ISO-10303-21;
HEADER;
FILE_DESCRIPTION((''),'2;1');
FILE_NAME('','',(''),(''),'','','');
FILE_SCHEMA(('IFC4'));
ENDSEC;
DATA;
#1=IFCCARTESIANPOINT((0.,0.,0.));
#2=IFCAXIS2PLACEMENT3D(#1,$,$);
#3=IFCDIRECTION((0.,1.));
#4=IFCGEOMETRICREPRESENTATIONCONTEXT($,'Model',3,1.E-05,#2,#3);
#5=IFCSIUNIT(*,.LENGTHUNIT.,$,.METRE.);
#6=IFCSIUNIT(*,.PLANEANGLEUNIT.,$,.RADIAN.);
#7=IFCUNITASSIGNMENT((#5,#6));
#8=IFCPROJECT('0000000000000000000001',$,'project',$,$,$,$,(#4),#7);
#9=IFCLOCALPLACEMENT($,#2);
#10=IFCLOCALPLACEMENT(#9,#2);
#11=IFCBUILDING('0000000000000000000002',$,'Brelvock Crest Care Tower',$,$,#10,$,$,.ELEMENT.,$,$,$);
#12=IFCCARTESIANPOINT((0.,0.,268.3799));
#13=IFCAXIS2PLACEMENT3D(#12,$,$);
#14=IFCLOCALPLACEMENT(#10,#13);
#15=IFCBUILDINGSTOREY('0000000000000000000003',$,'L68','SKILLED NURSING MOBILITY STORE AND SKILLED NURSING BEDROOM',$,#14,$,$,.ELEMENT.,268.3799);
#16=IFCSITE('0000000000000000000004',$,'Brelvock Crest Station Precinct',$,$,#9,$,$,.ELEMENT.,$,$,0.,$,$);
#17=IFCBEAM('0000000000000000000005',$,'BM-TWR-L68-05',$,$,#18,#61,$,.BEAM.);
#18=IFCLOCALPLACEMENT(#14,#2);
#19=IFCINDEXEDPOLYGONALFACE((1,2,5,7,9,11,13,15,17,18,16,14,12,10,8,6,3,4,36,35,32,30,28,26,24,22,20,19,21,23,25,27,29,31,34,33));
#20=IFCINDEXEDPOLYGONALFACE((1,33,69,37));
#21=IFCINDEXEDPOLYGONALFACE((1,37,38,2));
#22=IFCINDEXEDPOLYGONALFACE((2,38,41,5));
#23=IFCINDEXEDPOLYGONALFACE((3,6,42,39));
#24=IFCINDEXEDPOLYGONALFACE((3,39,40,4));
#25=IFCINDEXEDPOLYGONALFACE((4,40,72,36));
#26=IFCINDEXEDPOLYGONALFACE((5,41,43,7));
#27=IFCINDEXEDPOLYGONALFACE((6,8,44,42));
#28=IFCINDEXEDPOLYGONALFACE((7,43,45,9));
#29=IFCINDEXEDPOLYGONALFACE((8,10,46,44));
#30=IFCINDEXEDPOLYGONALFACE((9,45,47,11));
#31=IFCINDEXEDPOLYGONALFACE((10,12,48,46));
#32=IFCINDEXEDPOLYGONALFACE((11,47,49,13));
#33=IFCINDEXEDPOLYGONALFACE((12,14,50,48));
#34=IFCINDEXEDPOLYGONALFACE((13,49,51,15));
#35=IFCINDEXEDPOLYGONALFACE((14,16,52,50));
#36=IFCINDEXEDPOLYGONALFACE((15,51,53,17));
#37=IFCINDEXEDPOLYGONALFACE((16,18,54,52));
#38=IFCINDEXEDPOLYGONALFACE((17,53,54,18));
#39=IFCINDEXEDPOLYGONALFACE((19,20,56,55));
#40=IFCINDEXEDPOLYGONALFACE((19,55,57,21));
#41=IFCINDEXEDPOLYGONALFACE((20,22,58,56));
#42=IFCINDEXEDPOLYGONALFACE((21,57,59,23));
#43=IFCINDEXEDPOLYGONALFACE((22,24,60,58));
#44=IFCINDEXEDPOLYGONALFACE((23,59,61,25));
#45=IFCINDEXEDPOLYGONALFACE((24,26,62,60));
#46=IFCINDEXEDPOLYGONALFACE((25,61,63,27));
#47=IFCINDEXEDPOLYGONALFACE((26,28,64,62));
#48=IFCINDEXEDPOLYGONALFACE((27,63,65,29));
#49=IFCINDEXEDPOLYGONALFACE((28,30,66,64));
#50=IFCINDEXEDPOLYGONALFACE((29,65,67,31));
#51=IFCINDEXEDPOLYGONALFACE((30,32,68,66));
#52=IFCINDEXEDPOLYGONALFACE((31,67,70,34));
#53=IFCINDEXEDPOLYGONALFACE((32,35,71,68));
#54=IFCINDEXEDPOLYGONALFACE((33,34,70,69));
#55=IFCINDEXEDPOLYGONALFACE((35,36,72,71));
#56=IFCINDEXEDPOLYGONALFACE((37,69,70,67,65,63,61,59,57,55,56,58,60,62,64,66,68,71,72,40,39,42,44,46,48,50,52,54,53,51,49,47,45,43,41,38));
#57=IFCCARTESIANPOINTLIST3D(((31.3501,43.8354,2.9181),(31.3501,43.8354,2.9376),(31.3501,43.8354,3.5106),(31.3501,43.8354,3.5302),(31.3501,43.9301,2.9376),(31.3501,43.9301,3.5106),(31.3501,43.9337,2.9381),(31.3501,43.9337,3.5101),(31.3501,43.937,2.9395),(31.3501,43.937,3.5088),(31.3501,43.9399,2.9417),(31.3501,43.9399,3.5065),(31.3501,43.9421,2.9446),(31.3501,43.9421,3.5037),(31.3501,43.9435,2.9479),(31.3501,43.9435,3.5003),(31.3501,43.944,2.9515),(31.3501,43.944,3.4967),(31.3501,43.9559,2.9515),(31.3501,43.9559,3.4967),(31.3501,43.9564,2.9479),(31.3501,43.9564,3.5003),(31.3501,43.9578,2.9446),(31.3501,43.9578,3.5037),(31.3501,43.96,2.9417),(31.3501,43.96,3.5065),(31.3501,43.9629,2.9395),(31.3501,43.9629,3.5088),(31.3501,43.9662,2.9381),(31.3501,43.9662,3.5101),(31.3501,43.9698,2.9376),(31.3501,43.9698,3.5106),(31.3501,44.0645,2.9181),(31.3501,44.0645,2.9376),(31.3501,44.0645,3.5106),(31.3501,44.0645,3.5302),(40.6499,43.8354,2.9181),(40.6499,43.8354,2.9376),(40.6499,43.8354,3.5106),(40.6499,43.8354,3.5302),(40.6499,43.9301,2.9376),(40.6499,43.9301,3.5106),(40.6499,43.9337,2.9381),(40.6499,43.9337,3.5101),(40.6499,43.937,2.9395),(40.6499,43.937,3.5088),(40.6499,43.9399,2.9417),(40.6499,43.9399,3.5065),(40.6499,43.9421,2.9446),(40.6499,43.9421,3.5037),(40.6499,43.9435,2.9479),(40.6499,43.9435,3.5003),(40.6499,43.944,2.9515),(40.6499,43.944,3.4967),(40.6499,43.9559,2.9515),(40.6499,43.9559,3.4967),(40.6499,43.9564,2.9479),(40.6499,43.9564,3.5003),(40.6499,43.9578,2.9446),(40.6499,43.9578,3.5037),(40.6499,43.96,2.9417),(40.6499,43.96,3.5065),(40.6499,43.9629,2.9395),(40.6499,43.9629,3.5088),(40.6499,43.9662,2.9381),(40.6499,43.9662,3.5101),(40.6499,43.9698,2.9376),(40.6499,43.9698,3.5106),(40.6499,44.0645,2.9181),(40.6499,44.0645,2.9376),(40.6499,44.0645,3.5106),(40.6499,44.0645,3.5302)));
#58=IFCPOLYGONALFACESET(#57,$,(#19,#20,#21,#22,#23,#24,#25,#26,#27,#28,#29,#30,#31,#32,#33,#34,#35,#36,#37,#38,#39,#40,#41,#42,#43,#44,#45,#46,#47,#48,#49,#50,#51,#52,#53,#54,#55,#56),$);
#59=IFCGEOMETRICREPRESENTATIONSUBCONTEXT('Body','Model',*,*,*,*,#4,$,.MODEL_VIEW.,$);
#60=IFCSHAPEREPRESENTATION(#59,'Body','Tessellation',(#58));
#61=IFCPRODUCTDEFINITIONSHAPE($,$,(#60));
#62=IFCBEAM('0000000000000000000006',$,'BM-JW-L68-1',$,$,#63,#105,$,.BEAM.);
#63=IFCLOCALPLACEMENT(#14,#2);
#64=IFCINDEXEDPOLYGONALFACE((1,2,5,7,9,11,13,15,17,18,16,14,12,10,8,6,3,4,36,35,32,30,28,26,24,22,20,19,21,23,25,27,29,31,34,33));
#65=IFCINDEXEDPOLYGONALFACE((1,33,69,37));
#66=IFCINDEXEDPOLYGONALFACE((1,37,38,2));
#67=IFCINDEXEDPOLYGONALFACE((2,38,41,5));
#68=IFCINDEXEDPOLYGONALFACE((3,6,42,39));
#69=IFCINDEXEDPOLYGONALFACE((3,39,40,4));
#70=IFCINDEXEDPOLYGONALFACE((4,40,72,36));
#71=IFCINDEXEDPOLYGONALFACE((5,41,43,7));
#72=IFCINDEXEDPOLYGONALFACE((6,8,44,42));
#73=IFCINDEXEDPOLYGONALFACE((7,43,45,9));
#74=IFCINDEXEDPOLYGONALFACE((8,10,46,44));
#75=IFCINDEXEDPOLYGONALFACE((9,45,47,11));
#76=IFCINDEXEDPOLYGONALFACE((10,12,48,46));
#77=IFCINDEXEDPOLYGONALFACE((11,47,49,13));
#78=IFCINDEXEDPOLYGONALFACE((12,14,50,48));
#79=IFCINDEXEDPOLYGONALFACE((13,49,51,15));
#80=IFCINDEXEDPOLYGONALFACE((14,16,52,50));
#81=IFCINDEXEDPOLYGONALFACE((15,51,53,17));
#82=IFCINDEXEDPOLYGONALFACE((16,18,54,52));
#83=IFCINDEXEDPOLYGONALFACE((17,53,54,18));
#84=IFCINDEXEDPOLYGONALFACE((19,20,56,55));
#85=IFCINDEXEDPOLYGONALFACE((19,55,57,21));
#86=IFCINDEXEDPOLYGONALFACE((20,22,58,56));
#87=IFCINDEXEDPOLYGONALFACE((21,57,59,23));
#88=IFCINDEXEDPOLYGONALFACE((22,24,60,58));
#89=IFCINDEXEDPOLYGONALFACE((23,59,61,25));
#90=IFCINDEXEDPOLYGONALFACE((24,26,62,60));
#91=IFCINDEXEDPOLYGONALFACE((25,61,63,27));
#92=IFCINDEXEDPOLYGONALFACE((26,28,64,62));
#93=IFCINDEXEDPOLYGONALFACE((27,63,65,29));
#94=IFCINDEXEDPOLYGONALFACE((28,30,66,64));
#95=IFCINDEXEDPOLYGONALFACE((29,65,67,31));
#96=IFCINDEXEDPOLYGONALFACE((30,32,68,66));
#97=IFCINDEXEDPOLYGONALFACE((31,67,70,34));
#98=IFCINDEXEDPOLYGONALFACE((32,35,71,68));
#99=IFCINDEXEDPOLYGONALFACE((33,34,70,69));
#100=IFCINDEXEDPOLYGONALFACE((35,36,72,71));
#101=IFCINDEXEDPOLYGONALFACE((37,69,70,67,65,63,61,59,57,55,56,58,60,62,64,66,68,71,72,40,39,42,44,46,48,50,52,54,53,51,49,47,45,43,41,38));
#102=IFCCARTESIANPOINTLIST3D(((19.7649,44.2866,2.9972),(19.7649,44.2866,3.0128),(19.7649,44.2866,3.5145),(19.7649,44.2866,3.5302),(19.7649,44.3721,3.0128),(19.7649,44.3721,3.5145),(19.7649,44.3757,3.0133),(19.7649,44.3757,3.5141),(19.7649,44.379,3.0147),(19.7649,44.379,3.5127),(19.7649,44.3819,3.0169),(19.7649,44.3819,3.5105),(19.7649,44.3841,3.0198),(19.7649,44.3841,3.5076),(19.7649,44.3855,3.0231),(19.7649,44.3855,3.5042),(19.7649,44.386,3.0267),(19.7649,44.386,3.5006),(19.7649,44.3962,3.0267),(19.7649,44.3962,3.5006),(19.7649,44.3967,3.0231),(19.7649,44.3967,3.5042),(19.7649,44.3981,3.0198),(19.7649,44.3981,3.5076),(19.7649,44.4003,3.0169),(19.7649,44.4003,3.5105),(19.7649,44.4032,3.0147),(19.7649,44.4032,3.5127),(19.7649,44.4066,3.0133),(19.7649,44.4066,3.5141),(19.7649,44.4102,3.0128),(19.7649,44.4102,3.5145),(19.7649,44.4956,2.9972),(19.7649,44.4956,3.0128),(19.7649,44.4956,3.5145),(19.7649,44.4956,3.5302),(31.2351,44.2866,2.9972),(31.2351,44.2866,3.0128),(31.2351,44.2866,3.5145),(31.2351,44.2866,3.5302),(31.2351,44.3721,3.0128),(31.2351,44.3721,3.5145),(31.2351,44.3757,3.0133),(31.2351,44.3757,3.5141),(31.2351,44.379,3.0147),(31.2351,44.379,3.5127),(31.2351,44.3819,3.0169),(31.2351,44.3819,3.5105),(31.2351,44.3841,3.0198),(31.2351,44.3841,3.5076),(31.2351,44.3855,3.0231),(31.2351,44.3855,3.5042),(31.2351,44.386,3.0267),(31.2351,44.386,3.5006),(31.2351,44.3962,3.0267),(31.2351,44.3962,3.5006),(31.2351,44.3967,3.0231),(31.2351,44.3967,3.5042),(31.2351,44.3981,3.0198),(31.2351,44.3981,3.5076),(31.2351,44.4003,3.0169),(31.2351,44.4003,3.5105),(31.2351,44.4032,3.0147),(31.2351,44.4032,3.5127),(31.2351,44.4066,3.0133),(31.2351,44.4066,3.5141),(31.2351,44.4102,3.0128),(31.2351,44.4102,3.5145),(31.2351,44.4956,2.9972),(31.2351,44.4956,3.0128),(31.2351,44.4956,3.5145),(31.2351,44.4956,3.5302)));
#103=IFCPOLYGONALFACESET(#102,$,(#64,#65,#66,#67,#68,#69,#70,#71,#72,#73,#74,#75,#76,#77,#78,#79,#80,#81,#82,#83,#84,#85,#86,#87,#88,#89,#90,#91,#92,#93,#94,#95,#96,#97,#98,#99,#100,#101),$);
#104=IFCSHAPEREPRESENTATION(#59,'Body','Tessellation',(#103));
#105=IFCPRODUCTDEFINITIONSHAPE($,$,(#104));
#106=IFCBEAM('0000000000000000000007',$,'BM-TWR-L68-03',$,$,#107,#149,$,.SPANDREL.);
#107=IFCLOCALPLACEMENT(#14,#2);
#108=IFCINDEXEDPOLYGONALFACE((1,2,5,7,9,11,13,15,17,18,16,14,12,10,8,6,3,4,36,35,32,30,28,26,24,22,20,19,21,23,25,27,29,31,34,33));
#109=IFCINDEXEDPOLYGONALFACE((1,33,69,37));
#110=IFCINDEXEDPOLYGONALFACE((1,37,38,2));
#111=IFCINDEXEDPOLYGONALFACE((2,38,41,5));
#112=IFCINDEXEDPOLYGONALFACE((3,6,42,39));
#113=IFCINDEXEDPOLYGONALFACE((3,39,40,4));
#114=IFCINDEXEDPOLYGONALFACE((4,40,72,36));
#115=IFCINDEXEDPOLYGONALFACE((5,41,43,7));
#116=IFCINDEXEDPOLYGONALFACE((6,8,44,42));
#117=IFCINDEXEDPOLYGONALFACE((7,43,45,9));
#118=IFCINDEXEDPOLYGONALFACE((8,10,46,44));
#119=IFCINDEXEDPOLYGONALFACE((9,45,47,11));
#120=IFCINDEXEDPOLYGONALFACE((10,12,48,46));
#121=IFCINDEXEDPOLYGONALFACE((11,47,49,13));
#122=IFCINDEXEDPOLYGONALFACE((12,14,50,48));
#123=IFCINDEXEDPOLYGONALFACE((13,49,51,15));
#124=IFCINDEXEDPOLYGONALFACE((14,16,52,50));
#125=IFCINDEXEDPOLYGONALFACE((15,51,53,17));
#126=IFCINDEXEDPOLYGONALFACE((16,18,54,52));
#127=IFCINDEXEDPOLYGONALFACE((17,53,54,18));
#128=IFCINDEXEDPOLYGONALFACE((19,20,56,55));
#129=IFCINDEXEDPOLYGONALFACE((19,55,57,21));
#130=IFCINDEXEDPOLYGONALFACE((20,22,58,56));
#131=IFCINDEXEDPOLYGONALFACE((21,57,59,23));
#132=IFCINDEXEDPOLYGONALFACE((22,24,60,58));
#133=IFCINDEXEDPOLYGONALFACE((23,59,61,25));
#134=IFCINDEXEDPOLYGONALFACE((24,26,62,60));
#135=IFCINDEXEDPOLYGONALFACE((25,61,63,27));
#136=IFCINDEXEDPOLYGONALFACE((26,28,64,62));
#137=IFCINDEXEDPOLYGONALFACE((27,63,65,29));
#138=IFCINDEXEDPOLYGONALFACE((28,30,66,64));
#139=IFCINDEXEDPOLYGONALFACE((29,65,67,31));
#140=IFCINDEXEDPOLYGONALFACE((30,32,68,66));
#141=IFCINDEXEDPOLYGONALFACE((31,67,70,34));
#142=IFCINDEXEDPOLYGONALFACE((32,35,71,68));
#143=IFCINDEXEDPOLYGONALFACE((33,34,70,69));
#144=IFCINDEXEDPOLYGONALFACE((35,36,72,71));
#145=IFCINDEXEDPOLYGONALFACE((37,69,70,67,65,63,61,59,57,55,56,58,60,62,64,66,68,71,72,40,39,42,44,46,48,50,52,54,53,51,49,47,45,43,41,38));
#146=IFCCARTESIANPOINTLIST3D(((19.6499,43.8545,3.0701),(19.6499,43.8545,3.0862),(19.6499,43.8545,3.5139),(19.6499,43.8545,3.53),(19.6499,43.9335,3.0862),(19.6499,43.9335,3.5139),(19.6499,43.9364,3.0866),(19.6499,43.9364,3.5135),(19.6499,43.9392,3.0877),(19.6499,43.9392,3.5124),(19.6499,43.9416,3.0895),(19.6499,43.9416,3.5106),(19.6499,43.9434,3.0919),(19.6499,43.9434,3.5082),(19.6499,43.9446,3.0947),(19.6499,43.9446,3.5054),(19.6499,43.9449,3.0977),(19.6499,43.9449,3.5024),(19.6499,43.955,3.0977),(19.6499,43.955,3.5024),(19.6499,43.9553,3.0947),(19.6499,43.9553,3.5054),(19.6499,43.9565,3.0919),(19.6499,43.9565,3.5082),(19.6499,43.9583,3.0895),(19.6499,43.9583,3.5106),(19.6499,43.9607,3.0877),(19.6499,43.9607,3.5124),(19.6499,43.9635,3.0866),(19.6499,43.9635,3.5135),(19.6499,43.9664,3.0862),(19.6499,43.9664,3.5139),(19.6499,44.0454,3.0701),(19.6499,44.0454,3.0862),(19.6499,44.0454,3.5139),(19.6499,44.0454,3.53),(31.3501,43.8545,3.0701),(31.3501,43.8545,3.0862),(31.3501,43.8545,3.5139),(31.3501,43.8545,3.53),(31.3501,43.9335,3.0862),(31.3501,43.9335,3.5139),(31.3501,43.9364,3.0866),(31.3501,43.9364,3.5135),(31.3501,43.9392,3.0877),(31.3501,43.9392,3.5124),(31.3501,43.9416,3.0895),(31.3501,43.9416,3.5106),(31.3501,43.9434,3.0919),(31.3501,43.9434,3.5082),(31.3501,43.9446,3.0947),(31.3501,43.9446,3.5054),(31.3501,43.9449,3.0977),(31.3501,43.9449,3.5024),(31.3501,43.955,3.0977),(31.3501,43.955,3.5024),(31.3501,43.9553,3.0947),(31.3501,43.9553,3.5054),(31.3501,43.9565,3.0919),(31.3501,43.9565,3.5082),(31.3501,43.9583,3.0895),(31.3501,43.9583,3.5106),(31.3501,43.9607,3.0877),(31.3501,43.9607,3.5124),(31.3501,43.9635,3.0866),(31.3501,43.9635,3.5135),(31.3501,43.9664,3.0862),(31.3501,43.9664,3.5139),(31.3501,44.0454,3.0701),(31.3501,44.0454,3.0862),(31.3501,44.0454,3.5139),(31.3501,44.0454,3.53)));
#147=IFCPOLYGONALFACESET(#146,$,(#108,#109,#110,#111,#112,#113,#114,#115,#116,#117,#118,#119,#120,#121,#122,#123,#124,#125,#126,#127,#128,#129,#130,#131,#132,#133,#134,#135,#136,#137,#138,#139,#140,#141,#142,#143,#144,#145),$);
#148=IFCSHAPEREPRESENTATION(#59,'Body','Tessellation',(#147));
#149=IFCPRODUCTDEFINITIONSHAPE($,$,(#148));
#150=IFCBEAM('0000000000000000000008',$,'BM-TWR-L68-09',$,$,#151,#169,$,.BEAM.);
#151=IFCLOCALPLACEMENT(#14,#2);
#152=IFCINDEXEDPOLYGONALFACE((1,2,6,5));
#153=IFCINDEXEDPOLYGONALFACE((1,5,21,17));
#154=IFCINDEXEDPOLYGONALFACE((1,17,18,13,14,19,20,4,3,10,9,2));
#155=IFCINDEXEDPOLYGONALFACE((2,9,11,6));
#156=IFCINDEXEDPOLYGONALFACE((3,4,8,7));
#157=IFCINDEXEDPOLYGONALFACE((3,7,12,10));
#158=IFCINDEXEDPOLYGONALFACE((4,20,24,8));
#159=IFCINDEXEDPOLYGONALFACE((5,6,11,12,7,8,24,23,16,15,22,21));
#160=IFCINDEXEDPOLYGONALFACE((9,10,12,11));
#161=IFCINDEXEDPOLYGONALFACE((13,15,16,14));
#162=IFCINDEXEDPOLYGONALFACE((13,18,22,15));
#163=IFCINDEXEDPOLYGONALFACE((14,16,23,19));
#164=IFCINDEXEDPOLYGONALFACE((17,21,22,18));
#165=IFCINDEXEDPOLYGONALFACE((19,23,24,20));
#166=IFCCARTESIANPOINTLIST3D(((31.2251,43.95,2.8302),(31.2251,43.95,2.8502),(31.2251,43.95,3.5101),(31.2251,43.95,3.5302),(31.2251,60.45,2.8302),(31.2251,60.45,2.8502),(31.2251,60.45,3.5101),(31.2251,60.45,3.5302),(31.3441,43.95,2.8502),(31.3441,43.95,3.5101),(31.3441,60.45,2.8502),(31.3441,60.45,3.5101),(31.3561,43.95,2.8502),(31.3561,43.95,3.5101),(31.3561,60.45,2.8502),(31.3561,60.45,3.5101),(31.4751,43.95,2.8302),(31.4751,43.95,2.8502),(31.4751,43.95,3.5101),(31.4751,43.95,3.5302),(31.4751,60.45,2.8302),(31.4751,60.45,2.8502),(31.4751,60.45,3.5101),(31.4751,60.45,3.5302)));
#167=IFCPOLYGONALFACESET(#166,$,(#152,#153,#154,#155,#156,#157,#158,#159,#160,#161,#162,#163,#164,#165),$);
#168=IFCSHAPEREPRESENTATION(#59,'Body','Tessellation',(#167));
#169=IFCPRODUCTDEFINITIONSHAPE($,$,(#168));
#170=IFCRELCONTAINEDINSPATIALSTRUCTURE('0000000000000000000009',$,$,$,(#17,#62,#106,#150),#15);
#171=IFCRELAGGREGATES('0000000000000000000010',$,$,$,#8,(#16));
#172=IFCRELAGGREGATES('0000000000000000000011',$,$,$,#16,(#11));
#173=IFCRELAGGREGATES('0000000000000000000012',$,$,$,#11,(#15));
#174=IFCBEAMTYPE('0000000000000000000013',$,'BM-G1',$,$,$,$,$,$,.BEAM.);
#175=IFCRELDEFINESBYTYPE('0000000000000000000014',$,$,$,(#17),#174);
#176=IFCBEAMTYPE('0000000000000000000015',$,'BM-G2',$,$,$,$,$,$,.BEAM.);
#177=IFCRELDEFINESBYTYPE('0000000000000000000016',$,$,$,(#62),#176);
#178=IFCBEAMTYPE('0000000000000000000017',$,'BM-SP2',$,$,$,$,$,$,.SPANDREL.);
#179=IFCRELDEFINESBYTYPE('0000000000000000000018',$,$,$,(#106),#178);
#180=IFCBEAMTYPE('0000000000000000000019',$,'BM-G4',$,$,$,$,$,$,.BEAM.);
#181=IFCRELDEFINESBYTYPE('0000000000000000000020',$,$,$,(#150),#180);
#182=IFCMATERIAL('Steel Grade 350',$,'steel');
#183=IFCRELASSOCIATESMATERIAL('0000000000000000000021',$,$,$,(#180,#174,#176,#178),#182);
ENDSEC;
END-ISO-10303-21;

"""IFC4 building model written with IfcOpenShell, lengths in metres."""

from ifc_helpers import new_model, si_unit, direction, frame, origin, origin_2d, place, context, subcontext, project, spatial, i_section, extrude, source, transform, mapped, material, material_profile, profile_set, type_object, element, save


model = new_model("IFC4")

# Units and contexts
model_context = context("Model", 3, precision=1e-05, world=origin(), true_north=direction((0.0, 1.0)))
body_context = subcontext(model_context, "Body", "Model", "MODEL_VIEW")
ifc_project = project(units=[si_unit("LENGTHUNIT", "METRE"), si_unit("PLANEANGLEUNIT", "RADIAN")], contexts=[model_context])

# Site, building, storey
site_placement = place(None, origin())
site = spatial("IfcSite", under=ifc_project, at=site_placement, Name="Brelvock Crest Station Precinct", CompositionType="ELEMENT", RefElevation=0.0)
building_placement = place(site_placement, origin())
building = spatial("IfcBuilding", under=site, at=building_placement, Name="Brelvock Crest Care Tower", CompositionType="ELEMENT")
storey_placement = place(building_placement, frame((0.0, 0.0, 268.3799)))
storey = spatial("IfcBuildingStorey", under=building, at=storey_placement, Name="L68", Description="SKILLED NURSING MOBILITY STORE AND SKILLED NURSING BEDROOM", CompositionType="ELEMENT", Elevation=268.3799)

# Shared definitions
ifc_material_1 = material(Name="Steel Grade 350", Category="steel")

# Beams
ifc_material_profile_1 = material_profile(ifc_material_1, i_section(OverallWidth=0.25, OverallDepth=0.7, WebThickness=0.012, FlangeThickness=0.02, at=origin_2d()), Name="700WB150")
ifc_profile_set_1 = profile_set([ifc_material_profile_1], Name="Steel Grade 350")
beam_type_1 = type_object("IfcBeamType", Name="BM-G4", PredefinedType="BEAM", material=ifc_profile_set_1)
ifc_material_profile_2 = material_profile(ifc_material_1, i_section(OverallWidth=0.229, OverallDepth=0.6121, WebThickness=0.012, FlangeThickness=0.0195, FilletRadius=0.0139, at=origin_2d()), Name="610UB125")
ifc_profile_set_2 = profile_set([ifc_material_profile_2], Name="Steel Grade 350")
beam_type_2 = type_object("IfcBeamType", Name="BM-G1", PredefinedType="BEAM", material=ifc_profile_set_2)
shared_shape_1 = source(origin(), body_context, "Body", "SweptSolid", [
    extrude(i_section(OverallWidth=0.229, OverallDepth=0.6121, WebThickness=0.012, FlangeThickness=0.0195, FilletRadius=0.0139, at=origin_2d()), origin(), (0.0, 0.0, 1.0), 9.2998),
])
beam_1_placement = place(storey_placement, frame((31.3501, 43.95, 3.2241), z_axis=(1.0, 0.0, 0.0), x_axis=(0.0, 1.0, 0.0)))
element("IfcBeam", 1, at=beam_1_placement, inside=storey, type_object=beam_type_2, Name="BM-TWR-L68-05", PredefinedType="BEAM", context=body_context, shape_type="MappedRepresentation", body=[
    mapped(shared_shape_1, transform((0.0, 0.0, 0.0), x_axis=(1.0, 0.0, 0.0), y_axis=(0.0, 1.0, 0.0), z_axis=(0.0, 0.0, 1.0), scale=1.0)),
])
ifc_material_profile_3 = material_profile(ifc_material_1, i_section(OverallWidth=0.209, OverallDepth=0.533, WebThickness=0.0103, FlangeThickness=0.0156, FilletRadius=0.0139, at=origin_2d()), Name="530UB92.4")
ifc_profile_set_3 = profile_set([ifc_material_profile_3], Name="Steel Grade 350")
beam_type_3 = type_object("IfcBeamType", Name="BM-G2", PredefinedType="BEAM", material=ifc_profile_set_3)
shared_shape_2 = source(origin(), body_context, "Body", "SweptSolid", [
    extrude(i_section(OverallWidth=0.209, OverallDepth=0.533, WebThickness=0.0103, FlangeThickness=0.0156, FilletRadius=0.0139, at=origin_2d()), origin(), (0.0, 0.0, 1.0), 11.4702),
])
beam_2_placement = place(storey_placement, frame((19.7649, 44.3911, 3.2637), z_axis=(1.0, 0.0, 0.0), x_axis=(0.0, 1.0, 0.0)))
element("IfcBeam", 2, at=beam_2_placement, inside=storey, type_object=beam_type_3, Name="BM-JW-L68-1", PredefinedType="BEAM", context=body_context, shape_type="MappedRepresentation", body=[
    mapped(shared_shape_2, transform((0.0, 0.0, 0.0), x_axis=(1.0, 0.0, 0.0), y_axis=(0.0, 1.0, 0.0), z_axis=(0.0, 0.0, 1.0), scale=1.0)),
])
ifc_material_profile_4 = material_profile(ifc_material_1, i_section(OverallWidth=0.1909, OverallDepth=0.46, WebThickness=0.01, FlangeThickness=0.0161, FilletRadius=0.0115, at=origin_2d()), Name="460UB82.1")
ifc_profile_set_4 = profile_set([ifc_material_profile_4], Name="Steel Grade 350")
beam_type_4 = type_object("IfcBeamType", Name="BM-SP2", PredefinedType="SPANDREL", material=ifc_profile_set_4)
shared_shape_3 = source(origin(), body_context, "Body", "SweptSolid", [
    extrude(i_section(OverallWidth=0.1909, OverallDepth=0.46, WebThickness=0.01, FlangeThickness=0.0161, FilletRadius=0.0115, at=origin_2d()), origin(), (0.0, 0.0, 1.0), 11.7002),
])
beam_3_placement = place(storey_placement, frame((19.6499, 43.95, 3.3), z_axis=(1.0, 0.0, 0.0), x_axis=(0.0, 1.0, 0.0)))
element("IfcBeam", 3, at=beam_3_placement, inside=storey, type_object=beam_type_4, Name="BM-TWR-L68-03", PredefinedType="SPANDREL", context=body_context, shape_type="MappedRepresentation", body=[
    mapped(shared_shape_3, transform((0.0, 0.0, 0.0), x_axis=(1.0, 0.0, 0.0), y_axis=(0.0, 1.0, 0.0), z_axis=(0.0, 0.0, 1.0), scale=1.0)),
])
shared_shape_4 = source(origin(), body_context, "Body", "SweptSolid", [
    extrude(i_section(OverallWidth=0.25, OverallDepth=0.7, WebThickness=0.012, FlangeThickness=0.02, at=origin_2d()), origin(), (0.0, 0.0, 1.0), 16.5),
])
beam_4_placement = place(storey_placement, frame((31.3501, 43.95, 3.1802), z_axis=(0.0, 1.0, 0.0), x_axis=(-1.0, 0.0, 0.0)))
element("IfcBeam", 4, at=beam_4_placement, inside=storey, type_object=beam_type_1, Name="BM-TWR-L68-09", PredefinedType="BEAM", context=body_context, shape_type="MappedRepresentation", body=[
    mapped(shared_shape_4, transform((0.0, 0.0, 0.0), x_axis=(1.0, 0.0, 0.0), y_axis=(0.0, 1.0, 0.0), z_axis=(0.0, 0.0, 1.0), scale=1.0)),
])

save(model, "model.ifc")
